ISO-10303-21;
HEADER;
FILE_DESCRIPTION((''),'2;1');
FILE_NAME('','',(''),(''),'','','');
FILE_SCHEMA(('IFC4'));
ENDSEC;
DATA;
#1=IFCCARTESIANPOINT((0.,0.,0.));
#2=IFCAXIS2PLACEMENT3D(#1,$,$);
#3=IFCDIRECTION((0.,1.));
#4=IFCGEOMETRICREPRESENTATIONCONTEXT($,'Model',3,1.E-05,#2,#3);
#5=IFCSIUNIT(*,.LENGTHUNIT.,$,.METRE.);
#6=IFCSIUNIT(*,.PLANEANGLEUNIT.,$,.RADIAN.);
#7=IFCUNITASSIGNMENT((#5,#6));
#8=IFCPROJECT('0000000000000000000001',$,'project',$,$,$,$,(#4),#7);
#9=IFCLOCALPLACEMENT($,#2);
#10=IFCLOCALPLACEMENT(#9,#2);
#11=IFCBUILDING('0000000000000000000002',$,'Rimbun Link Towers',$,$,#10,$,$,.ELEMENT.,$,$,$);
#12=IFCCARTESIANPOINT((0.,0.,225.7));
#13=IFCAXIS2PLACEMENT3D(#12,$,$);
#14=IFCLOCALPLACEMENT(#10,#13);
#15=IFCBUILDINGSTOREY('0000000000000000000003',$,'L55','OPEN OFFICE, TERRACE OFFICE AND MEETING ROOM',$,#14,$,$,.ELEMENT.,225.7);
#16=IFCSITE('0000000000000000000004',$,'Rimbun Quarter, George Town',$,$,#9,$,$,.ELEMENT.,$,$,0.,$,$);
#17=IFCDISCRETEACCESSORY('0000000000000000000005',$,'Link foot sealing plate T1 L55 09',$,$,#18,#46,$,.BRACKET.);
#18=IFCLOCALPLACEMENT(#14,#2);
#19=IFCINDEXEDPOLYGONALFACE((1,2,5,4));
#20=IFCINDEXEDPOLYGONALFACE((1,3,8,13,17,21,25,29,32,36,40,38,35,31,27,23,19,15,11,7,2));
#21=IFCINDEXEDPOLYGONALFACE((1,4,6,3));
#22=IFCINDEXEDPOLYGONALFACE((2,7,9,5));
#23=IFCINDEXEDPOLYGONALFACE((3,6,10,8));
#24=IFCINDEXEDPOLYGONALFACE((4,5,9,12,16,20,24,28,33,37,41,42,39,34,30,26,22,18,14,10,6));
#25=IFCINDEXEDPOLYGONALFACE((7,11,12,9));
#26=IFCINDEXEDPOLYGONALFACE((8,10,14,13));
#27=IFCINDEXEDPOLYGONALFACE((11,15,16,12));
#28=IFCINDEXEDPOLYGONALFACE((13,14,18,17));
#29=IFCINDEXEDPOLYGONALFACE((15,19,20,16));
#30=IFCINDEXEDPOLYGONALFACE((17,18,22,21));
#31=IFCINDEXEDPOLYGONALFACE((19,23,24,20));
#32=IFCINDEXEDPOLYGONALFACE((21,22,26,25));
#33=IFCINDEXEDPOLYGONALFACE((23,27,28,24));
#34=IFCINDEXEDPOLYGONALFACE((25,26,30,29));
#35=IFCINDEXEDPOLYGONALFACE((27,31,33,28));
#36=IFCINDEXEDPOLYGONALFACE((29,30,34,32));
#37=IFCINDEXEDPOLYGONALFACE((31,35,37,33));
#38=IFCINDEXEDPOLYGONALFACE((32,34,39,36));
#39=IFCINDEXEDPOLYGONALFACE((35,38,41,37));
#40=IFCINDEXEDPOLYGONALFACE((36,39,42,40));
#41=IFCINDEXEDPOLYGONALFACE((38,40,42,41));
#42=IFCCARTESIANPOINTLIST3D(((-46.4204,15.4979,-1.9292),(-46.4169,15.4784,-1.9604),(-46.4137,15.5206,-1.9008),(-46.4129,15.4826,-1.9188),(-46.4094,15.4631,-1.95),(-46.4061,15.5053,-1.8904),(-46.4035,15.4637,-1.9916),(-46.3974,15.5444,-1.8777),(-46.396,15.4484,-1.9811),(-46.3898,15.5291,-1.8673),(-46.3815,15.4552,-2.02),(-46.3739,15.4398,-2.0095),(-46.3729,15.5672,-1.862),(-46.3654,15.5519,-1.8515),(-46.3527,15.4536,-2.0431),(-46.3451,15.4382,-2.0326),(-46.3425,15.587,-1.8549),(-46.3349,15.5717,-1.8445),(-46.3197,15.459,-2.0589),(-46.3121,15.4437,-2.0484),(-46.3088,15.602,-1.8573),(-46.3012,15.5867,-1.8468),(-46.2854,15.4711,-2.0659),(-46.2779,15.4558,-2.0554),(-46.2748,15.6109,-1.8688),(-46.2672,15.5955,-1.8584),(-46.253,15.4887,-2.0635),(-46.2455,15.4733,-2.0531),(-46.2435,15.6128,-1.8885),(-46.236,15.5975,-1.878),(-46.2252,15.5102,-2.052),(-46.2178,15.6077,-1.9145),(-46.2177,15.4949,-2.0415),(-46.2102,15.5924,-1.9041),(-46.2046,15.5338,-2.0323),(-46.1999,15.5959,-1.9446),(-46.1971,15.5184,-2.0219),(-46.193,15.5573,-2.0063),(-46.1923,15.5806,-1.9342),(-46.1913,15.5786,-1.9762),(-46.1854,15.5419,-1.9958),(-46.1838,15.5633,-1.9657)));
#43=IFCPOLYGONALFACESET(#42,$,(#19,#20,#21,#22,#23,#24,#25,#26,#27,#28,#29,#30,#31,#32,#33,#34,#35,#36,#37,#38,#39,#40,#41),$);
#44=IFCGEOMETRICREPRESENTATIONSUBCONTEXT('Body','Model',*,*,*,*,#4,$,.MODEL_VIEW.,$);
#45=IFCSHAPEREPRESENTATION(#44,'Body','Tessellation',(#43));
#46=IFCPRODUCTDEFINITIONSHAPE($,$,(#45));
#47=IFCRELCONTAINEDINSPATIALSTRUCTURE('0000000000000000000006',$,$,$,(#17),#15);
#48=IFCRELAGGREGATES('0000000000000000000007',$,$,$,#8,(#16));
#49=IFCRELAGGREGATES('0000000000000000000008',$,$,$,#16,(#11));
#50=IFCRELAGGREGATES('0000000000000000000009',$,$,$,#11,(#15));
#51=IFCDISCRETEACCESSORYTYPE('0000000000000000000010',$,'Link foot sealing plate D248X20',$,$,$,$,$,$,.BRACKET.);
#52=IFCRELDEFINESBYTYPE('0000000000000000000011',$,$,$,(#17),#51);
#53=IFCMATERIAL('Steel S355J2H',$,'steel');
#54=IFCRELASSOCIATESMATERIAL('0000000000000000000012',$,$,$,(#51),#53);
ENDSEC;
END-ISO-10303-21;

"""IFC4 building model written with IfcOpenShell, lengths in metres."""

from ifc_helpers import new_model, si_unit, direction, frame, origin, origin_2d, place, context, subcontext, project, spatial, circle, extrude, material, material_profile, profile_set, type_object, element, save


model = new_model("IFC4")

# Units and contexts
model_context = context("Model", 3, precision=1e-05, world=origin(), true_north=direction((0.0, 1.0)))
body_context = subcontext(model_context, "Body", "Model", "MODEL_VIEW")
ifc_project = project(units=[si_unit("LENGTHUNIT", "METRE"), si_unit("PLANEANGLEUNIT", "RADIAN")], contexts=[model_context])

# Site, building, storey
site_placement = place(None, origin())
site = spatial("IfcSite", under=ifc_project, at=site_placement, Name="Rimbun Quarter, George Town", CompositionType="ELEMENT", RefElevation=0.0)
building_placement = place(site_placement, origin())
building = spatial("IfcBuilding", under=site, at=building_placement, Name="Rimbun Link Towers", CompositionType="ELEMENT")
storey_placement = place(building_placement, frame((0.0, 0.0, 225.7)))
storey = spatial("IfcBuildingStorey", under=building, at=storey_placement, Name="L55", Description="OPEN OFFICE, TERRACE OFFICE AND MEETING ROOM", CompositionType="ELEMENT", Elevation=225.7)

# Discrete accessory
ifc_material_1 = material(Name="Steel S355J2H", Category="steel")
ifc_material_profile_1 = material_profile(ifc_material_1, circle(Radius=0.124, at=origin_2d()), Name="PL D248")
ifc_profile_set_1 = profile_set([ifc_material_profile_1], Name="Steel S355J2H")
discrete_accessory_type = type_object("IfcDiscreteAccessoryType", Name="Link foot sealing plate D248X20", PredefinedType="BRACKET", material=ifc_profile_set_1)
discrete_accessory_placement = place(storey_placement, frame((-46.2981, 15.5178, -1.95), z_axis=(-0.376512, 0.76517, -0.522259), x_axis=(-0.897257, -0.441508, 0.0)))
element("IfcDiscreteAccessory", 1, at=discrete_accessory_placement, inside=storey, type_object=discrete_accessory_type, Name="Link foot sealing plate T1 L55 09", PredefinedType="BRACKET", context=body_context, shape_type="SweptSolid", body=[
    extrude(circle(Radius=0.124, at=origin_2d()), origin(), (0.0, 0.0, 1.0), 0.02),
])

save(model, "model.ifc")
